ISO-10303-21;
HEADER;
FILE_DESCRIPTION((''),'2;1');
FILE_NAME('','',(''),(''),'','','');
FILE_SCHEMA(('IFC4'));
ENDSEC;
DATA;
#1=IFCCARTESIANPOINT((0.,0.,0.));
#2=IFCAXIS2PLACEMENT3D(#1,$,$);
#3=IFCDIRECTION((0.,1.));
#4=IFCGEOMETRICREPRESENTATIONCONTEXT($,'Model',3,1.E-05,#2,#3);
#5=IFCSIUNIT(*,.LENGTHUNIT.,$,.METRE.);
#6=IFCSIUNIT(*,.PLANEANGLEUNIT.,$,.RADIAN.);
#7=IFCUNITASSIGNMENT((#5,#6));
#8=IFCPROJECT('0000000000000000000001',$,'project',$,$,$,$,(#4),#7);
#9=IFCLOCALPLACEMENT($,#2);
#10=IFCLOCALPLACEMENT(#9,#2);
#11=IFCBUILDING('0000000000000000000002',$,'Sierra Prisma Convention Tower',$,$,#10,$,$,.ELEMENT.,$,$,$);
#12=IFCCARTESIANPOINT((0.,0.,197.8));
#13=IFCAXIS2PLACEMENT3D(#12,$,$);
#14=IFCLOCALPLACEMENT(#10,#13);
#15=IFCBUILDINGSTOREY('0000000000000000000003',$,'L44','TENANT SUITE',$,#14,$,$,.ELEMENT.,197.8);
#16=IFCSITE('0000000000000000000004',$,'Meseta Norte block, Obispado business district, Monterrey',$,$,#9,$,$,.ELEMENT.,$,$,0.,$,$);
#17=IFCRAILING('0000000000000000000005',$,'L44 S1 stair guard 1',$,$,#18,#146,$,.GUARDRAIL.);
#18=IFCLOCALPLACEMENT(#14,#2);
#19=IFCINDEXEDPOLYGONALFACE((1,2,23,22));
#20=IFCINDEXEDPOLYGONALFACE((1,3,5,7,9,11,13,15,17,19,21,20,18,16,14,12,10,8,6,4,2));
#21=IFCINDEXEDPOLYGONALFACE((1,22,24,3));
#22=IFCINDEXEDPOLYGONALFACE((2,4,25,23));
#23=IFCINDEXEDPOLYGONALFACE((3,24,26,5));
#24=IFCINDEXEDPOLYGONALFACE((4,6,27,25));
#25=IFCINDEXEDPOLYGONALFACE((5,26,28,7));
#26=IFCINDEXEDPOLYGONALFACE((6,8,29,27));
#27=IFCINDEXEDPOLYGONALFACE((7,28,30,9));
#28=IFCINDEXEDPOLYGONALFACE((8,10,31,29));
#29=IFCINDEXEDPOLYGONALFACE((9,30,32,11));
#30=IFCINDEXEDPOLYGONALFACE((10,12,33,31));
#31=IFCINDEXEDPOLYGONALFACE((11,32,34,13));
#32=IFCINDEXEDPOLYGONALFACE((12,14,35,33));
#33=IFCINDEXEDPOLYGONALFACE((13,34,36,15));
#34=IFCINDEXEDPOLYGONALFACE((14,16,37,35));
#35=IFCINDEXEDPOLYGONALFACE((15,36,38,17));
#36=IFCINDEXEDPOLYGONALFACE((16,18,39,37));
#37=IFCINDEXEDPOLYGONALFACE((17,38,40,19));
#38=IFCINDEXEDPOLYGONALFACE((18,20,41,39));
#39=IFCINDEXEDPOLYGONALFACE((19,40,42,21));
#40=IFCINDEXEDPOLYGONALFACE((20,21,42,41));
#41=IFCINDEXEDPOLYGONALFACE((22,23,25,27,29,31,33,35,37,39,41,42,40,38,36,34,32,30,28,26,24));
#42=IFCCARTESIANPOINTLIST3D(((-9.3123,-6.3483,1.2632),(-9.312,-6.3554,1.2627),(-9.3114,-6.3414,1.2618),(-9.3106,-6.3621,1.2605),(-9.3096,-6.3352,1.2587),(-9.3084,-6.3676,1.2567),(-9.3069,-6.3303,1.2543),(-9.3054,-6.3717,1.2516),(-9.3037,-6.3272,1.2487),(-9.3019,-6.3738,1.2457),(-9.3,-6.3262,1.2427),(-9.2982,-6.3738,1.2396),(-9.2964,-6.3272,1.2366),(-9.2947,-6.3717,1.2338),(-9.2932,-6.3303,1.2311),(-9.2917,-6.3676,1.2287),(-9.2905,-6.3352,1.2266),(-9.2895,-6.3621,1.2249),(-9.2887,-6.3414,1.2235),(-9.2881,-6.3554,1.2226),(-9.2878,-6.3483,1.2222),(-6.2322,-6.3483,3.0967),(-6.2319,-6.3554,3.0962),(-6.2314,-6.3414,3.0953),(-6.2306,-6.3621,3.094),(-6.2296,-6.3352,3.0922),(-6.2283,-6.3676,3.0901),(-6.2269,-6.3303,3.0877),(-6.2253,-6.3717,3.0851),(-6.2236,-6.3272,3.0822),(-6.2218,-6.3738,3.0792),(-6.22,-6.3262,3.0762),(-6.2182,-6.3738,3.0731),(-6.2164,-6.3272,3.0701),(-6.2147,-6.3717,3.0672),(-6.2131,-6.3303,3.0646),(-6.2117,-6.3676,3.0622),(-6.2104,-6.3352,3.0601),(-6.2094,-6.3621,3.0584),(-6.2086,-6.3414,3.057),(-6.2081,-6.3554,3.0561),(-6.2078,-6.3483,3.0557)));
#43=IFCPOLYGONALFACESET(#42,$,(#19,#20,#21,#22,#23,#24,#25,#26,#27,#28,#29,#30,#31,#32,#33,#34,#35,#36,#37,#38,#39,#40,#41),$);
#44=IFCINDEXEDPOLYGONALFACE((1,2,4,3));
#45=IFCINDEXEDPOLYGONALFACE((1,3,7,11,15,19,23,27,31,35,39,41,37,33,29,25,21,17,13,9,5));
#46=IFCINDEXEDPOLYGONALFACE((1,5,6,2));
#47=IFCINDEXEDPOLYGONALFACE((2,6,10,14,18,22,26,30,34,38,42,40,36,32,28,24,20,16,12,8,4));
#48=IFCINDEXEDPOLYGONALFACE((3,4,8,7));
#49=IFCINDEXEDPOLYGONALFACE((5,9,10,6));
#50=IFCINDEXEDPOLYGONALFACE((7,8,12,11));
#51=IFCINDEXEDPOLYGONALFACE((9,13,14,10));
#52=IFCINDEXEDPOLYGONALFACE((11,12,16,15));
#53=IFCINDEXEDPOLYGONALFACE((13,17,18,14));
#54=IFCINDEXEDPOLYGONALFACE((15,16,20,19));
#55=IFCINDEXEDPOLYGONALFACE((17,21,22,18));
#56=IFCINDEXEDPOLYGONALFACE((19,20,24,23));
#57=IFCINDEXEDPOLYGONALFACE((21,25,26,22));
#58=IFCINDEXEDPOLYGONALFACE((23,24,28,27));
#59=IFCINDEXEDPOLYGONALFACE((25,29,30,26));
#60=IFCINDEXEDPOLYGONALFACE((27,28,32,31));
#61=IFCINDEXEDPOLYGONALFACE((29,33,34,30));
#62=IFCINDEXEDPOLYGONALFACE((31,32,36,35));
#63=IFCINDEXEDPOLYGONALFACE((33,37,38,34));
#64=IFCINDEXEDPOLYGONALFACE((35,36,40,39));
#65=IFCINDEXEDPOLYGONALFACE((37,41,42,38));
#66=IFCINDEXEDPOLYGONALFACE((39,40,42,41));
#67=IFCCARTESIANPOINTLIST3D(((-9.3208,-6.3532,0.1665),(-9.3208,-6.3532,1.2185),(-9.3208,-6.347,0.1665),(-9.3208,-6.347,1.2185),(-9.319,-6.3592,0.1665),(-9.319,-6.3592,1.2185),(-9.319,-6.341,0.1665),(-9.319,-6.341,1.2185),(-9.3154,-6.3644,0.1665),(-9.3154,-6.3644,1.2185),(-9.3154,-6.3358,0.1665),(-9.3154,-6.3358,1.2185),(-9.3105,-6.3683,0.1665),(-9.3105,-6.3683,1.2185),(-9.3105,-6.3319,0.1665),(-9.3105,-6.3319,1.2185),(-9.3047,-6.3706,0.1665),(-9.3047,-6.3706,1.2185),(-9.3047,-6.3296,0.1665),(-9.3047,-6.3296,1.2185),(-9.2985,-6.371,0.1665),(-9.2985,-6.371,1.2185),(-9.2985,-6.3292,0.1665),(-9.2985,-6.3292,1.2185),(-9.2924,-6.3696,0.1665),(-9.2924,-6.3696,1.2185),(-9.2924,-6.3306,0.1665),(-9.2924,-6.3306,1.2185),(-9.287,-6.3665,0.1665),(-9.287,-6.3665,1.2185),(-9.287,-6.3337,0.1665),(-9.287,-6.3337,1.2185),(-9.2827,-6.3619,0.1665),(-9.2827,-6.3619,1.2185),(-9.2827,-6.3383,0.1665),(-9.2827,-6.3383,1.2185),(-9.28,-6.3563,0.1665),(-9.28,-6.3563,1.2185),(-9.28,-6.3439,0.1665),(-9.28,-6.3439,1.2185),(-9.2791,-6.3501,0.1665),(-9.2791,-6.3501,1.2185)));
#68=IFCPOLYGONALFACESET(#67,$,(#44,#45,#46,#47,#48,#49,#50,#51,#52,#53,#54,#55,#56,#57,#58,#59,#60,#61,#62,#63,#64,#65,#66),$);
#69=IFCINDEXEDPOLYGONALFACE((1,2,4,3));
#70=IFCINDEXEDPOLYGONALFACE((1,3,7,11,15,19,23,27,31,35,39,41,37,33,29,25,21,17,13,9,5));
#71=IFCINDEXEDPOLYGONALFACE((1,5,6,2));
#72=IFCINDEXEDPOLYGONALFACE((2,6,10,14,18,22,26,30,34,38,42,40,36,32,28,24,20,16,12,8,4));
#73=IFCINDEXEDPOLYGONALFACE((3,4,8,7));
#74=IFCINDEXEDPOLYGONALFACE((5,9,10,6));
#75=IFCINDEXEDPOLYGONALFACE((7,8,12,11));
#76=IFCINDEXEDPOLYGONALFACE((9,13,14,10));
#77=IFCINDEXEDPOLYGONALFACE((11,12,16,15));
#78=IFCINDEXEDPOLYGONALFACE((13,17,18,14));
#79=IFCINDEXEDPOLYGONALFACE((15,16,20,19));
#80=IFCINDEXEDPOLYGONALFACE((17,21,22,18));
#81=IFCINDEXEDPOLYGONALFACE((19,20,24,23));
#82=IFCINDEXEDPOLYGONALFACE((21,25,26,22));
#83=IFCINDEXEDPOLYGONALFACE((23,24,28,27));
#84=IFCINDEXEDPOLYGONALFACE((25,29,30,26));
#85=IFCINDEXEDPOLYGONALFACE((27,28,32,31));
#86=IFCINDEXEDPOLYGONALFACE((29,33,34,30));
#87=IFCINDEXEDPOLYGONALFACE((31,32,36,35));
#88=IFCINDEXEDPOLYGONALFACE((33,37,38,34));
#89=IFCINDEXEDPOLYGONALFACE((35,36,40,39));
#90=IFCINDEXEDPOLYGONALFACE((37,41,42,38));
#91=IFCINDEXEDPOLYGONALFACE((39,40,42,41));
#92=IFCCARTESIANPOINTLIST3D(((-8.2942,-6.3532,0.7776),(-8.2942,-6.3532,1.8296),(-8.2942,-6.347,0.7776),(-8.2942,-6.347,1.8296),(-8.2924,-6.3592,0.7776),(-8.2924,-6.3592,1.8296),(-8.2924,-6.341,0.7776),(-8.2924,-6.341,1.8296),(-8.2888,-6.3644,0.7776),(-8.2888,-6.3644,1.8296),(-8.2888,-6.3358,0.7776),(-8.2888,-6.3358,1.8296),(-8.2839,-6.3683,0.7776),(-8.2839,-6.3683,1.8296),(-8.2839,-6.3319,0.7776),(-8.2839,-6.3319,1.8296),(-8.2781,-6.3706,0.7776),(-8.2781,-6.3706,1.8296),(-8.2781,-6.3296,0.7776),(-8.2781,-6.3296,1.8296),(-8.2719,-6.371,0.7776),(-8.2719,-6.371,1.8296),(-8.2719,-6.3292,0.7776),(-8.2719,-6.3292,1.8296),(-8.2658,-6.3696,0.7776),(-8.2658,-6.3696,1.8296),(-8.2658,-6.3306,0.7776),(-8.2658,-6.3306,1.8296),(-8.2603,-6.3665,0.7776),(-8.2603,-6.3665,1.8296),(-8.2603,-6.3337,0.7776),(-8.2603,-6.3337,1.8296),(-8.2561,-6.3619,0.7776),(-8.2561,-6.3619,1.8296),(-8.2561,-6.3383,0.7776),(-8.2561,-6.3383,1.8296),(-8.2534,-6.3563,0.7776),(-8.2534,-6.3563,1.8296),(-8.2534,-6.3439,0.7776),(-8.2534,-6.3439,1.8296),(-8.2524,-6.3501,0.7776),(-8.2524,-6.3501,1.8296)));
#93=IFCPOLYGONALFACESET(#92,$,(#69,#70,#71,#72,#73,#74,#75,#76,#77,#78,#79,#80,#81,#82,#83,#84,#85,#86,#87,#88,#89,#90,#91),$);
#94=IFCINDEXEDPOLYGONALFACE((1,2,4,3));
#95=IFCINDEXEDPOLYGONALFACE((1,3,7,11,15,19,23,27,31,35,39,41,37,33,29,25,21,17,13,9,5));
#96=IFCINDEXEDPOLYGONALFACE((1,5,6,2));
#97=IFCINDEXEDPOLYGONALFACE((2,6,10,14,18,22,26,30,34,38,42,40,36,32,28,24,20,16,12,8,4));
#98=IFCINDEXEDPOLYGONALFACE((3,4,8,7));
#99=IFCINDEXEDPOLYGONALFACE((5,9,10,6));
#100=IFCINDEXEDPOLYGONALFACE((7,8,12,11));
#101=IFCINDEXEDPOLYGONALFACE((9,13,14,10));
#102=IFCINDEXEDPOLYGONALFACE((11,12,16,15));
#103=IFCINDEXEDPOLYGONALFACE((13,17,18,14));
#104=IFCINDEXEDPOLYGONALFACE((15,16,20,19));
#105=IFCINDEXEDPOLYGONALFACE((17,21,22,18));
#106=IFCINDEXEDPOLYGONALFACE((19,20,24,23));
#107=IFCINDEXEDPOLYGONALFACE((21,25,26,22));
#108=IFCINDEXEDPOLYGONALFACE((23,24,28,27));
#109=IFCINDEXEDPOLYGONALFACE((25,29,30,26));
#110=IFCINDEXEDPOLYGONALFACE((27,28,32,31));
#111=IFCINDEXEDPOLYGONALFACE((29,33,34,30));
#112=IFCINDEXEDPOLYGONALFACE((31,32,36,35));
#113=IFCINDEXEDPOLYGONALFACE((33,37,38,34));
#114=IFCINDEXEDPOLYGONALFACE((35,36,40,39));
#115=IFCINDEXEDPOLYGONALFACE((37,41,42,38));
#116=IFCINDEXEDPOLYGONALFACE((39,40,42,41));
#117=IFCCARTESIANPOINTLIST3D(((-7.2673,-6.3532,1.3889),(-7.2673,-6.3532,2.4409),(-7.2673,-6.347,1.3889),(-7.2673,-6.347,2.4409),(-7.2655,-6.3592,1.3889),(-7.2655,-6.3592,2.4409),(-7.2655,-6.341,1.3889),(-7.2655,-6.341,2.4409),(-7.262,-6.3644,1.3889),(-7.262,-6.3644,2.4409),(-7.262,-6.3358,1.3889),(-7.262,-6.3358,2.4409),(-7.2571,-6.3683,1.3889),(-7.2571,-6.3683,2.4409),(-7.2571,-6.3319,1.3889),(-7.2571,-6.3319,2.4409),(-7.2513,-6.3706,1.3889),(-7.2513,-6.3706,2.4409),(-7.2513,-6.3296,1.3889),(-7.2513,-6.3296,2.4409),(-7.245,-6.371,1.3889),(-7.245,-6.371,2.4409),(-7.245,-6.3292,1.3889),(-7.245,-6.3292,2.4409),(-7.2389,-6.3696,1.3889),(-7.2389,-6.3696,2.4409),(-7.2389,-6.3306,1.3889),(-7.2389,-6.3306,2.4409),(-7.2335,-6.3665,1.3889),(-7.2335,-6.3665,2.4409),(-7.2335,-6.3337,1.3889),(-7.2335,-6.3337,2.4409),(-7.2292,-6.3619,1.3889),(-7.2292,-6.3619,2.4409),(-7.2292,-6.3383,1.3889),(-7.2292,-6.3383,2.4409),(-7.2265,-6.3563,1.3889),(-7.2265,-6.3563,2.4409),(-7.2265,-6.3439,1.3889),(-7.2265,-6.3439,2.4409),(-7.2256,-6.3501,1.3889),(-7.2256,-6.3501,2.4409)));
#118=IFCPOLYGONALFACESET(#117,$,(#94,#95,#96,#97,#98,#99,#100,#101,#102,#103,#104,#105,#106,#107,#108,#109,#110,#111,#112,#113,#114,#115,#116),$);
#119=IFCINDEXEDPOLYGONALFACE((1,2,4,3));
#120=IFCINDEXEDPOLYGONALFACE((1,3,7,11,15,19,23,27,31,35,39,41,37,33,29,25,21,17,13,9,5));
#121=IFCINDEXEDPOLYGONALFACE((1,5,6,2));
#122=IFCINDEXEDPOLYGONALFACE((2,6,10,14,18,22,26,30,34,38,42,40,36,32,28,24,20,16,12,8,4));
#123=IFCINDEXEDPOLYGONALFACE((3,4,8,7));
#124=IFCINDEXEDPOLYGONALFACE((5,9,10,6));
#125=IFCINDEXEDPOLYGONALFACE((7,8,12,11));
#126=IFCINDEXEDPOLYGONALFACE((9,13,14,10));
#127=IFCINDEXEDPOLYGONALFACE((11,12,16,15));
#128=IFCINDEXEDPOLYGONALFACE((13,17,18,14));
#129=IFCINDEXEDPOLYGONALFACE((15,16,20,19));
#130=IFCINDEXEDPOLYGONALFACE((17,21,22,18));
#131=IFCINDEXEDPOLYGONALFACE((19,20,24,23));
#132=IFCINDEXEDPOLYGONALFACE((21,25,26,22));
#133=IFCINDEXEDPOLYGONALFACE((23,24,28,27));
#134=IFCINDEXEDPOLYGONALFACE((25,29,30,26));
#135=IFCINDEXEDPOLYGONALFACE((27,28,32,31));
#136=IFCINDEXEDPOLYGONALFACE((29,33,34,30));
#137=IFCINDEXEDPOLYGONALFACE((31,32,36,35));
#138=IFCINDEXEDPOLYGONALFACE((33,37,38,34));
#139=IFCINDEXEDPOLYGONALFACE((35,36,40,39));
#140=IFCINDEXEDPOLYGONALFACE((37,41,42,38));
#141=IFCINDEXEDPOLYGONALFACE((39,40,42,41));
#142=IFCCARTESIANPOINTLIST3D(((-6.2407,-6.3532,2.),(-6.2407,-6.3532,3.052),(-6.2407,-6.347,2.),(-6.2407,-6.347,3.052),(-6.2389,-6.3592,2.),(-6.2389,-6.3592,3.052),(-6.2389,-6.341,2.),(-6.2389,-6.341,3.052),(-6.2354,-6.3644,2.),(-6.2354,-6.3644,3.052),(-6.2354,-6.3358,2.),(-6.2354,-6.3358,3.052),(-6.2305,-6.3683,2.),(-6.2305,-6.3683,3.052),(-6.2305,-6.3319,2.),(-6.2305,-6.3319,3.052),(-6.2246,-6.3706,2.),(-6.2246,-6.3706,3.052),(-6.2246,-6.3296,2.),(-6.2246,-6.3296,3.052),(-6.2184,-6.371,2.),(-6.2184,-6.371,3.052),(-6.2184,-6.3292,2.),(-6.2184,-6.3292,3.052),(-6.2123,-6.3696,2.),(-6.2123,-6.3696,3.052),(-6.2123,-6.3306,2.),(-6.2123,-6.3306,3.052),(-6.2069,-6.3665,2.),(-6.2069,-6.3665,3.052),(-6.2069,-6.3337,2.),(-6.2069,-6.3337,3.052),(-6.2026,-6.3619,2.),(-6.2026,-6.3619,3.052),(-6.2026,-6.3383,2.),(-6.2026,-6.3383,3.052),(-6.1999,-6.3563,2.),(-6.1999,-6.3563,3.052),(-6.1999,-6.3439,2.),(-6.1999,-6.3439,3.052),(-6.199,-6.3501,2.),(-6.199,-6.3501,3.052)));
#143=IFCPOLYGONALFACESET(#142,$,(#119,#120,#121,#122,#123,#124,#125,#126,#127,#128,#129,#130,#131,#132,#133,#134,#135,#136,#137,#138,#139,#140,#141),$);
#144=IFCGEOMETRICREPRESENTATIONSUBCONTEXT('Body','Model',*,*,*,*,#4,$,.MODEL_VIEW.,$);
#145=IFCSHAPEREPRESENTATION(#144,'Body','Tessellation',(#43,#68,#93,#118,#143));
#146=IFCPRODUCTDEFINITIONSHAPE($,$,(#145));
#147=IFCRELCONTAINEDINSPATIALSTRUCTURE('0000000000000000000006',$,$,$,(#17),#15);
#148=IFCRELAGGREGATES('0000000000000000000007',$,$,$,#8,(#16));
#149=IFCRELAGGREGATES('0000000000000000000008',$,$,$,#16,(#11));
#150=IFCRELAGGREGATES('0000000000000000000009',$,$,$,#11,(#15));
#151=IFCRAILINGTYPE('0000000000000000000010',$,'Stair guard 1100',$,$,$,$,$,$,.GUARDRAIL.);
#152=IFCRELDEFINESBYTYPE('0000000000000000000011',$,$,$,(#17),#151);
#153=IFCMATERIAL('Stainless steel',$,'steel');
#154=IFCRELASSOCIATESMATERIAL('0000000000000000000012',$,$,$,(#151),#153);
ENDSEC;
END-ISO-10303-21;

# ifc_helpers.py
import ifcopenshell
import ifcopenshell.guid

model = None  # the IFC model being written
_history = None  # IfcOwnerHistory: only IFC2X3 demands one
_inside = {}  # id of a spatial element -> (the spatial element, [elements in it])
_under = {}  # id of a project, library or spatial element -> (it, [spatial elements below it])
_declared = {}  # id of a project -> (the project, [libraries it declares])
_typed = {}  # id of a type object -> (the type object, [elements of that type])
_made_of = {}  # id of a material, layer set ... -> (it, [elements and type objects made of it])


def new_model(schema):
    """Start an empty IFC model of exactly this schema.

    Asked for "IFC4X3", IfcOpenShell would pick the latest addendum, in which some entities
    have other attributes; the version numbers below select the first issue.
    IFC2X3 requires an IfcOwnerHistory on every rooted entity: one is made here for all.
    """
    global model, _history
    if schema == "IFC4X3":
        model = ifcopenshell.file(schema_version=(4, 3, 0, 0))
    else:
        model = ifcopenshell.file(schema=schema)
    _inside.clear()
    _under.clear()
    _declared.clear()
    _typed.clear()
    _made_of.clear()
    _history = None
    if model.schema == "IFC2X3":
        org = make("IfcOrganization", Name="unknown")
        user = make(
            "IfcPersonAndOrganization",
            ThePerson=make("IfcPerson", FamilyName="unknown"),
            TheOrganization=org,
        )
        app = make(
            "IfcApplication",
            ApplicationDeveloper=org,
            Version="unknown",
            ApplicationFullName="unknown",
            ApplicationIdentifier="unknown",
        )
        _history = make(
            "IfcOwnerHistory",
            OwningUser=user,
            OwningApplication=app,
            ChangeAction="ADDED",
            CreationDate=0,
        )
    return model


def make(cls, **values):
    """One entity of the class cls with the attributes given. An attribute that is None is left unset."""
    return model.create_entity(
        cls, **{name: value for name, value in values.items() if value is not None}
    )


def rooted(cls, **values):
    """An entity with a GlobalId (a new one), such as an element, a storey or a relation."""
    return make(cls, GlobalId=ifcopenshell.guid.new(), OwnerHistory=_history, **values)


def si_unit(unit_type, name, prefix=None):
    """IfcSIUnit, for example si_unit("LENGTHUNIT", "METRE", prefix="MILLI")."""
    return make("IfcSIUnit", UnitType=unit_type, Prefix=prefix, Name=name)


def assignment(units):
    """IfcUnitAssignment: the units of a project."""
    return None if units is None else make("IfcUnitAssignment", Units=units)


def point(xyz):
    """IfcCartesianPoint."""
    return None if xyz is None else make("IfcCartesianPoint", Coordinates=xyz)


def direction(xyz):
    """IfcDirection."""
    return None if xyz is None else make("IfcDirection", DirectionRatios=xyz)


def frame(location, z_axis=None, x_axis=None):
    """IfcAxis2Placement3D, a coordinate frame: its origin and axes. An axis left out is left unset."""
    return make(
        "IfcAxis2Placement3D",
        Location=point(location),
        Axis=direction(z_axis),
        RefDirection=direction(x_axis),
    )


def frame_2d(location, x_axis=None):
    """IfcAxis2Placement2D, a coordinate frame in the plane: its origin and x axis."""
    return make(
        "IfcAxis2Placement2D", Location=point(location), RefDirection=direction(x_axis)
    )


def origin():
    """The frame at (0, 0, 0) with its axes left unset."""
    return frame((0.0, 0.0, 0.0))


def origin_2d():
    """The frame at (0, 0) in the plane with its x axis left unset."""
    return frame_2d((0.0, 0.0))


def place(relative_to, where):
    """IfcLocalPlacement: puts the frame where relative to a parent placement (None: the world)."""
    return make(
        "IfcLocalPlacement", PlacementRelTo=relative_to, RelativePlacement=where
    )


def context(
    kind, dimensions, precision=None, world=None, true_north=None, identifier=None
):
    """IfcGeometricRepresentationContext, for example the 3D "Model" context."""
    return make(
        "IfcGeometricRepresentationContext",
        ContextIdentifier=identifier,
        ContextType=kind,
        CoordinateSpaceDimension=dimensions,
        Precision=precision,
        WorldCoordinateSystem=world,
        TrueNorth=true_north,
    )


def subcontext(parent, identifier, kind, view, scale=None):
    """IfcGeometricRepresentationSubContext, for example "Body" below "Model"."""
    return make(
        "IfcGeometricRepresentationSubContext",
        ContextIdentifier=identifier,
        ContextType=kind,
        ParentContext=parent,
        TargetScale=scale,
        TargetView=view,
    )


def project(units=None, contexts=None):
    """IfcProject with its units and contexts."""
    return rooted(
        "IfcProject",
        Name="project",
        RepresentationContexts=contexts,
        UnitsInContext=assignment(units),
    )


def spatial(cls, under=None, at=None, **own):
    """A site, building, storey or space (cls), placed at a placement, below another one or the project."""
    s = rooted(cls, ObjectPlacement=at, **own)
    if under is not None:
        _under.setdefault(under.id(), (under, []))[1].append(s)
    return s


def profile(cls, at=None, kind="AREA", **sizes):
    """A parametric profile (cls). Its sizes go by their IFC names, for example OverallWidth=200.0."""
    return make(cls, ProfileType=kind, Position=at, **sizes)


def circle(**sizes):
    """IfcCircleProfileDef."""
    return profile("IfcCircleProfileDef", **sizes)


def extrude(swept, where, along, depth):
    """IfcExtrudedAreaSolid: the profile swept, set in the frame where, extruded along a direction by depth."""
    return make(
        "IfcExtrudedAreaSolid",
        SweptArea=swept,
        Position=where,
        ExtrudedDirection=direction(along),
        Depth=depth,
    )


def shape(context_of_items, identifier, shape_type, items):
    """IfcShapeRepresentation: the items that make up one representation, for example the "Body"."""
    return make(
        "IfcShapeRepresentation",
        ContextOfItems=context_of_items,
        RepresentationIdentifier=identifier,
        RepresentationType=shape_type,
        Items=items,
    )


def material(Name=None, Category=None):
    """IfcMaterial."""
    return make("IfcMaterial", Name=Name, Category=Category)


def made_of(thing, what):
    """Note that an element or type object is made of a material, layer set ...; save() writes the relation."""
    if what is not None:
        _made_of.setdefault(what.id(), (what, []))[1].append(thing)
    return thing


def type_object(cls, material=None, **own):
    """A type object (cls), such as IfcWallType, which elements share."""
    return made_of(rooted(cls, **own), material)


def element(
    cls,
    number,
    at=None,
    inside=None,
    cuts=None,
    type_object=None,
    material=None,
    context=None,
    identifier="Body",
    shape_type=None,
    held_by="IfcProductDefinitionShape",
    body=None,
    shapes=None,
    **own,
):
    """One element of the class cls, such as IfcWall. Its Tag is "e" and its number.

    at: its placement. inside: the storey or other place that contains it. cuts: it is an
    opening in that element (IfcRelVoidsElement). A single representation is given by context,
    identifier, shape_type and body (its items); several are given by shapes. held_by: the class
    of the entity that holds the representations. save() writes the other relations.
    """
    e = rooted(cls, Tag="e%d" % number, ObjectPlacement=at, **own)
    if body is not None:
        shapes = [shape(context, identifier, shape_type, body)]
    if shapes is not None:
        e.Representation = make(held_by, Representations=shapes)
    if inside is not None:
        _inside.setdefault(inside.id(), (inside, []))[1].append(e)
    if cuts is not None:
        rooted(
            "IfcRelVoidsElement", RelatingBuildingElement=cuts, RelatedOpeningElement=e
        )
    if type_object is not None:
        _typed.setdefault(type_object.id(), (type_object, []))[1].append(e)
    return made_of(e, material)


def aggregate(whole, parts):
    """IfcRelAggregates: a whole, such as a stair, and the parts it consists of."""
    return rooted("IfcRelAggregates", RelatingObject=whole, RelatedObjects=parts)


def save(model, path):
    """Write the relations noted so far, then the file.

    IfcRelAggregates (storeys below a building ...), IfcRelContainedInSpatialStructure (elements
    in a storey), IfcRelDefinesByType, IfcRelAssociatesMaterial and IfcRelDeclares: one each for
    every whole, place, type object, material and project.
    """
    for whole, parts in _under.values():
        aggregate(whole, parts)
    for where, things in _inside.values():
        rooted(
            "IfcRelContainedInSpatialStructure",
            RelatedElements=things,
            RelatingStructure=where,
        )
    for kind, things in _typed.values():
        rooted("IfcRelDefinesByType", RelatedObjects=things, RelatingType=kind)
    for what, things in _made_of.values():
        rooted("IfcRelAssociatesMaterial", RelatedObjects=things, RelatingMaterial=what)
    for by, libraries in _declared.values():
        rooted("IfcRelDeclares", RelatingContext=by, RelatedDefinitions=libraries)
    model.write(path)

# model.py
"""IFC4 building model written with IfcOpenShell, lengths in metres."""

from ifc_helpers import new_model, si_unit, direction, frame, origin, origin_2d, place, context, subcontext, project, spatial, circle, extrude, material, type_object, element, save


model = new_model("IFC4")

# Units and contexts
model_context = context("Model", 3, precision=1e-05, world=origin(), true_north=direction((0.0, 1.0)))
body_context = subcontext(model_context, "Body", "Model", "MODEL_VIEW")
ifc_project = project(units=[si_unit("LENGTHUNIT", "METRE"), si_unit("PLANEANGLEUNIT", "RADIAN")], contexts=[model_context])

# Site, building, storey
site_placement = place(None, origin())
site = spatial("IfcSite", under=ifc_project, at=site_placement, Name="Meseta Norte block, Obispado business district, Monterrey", CompositionType="ELEMENT", RefElevation=0.0)
building_placement = place(site_placement, origin())
building = spatial("IfcBuilding", under=site, at=building_placement, Name="Sierra Prisma Convention Tower", CompositionType="ELEMENT")
storey_placement = place(building_placement, frame((0.0, 0.0, 197.8)))
storey = spatial("IfcBuildingStorey", under=building, at=storey_placement, Name="L44", Description="TENANT SUITE", CompositionType="ELEMENT", Elevation=197.8)

# Railing
ifc_material_1 = material(Name="Stainless steel", Category="steel")
railing_type_1 = type_object("IfcRailingType", Name="Stair guard 1100", PredefinedType="GUARDRAIL", material=ifc_material_1)
railing_1_placement = place(storey_placement, frame((-9.3, -6.3501, 0.1665)))
element("IfcRailing", 1, at=railing_1_placement, inside=storey, type_object=railing_type_1, Name="L44 S1 stair guard 1", PredefinedType="GUARDRAIL", context=body_context, shape_type="SweptSolid", body=[
    extrude(circle(Radius=0.0239, at=origin_2d()), frame((0.0, 0.0, 1.0762), z_axis=(0.859279, 0.0, 0.511508), x_axis=(0.0, 1.0, 0.0)), (0.0, 0.0, 1.0), 3.5845),
    extrude(circle(Radius=0.021, at=origin_2d()), origin(), (0.0, 0.0, 1.0), 1.052),
    extrude(circle(Radius=0.021, at=origin_2d()), frame((1.0266, 0.0, 0.6111)), (0.0, 0.0, 1.0), 1.052),
    extrude(circle(Radius=0.021, at=origin_2d()), frame((2.0535, 0.0, 1.2224)), (0.0, 0.0, 1.0), 1.052),
    extrude(circle(Radius=0.021, at=origin_2d()), frame((3.0801, 0.0, 1.8335)), (0.0, 0.0, 1.0), 1.052),
])

save(model, "model.ifc")
